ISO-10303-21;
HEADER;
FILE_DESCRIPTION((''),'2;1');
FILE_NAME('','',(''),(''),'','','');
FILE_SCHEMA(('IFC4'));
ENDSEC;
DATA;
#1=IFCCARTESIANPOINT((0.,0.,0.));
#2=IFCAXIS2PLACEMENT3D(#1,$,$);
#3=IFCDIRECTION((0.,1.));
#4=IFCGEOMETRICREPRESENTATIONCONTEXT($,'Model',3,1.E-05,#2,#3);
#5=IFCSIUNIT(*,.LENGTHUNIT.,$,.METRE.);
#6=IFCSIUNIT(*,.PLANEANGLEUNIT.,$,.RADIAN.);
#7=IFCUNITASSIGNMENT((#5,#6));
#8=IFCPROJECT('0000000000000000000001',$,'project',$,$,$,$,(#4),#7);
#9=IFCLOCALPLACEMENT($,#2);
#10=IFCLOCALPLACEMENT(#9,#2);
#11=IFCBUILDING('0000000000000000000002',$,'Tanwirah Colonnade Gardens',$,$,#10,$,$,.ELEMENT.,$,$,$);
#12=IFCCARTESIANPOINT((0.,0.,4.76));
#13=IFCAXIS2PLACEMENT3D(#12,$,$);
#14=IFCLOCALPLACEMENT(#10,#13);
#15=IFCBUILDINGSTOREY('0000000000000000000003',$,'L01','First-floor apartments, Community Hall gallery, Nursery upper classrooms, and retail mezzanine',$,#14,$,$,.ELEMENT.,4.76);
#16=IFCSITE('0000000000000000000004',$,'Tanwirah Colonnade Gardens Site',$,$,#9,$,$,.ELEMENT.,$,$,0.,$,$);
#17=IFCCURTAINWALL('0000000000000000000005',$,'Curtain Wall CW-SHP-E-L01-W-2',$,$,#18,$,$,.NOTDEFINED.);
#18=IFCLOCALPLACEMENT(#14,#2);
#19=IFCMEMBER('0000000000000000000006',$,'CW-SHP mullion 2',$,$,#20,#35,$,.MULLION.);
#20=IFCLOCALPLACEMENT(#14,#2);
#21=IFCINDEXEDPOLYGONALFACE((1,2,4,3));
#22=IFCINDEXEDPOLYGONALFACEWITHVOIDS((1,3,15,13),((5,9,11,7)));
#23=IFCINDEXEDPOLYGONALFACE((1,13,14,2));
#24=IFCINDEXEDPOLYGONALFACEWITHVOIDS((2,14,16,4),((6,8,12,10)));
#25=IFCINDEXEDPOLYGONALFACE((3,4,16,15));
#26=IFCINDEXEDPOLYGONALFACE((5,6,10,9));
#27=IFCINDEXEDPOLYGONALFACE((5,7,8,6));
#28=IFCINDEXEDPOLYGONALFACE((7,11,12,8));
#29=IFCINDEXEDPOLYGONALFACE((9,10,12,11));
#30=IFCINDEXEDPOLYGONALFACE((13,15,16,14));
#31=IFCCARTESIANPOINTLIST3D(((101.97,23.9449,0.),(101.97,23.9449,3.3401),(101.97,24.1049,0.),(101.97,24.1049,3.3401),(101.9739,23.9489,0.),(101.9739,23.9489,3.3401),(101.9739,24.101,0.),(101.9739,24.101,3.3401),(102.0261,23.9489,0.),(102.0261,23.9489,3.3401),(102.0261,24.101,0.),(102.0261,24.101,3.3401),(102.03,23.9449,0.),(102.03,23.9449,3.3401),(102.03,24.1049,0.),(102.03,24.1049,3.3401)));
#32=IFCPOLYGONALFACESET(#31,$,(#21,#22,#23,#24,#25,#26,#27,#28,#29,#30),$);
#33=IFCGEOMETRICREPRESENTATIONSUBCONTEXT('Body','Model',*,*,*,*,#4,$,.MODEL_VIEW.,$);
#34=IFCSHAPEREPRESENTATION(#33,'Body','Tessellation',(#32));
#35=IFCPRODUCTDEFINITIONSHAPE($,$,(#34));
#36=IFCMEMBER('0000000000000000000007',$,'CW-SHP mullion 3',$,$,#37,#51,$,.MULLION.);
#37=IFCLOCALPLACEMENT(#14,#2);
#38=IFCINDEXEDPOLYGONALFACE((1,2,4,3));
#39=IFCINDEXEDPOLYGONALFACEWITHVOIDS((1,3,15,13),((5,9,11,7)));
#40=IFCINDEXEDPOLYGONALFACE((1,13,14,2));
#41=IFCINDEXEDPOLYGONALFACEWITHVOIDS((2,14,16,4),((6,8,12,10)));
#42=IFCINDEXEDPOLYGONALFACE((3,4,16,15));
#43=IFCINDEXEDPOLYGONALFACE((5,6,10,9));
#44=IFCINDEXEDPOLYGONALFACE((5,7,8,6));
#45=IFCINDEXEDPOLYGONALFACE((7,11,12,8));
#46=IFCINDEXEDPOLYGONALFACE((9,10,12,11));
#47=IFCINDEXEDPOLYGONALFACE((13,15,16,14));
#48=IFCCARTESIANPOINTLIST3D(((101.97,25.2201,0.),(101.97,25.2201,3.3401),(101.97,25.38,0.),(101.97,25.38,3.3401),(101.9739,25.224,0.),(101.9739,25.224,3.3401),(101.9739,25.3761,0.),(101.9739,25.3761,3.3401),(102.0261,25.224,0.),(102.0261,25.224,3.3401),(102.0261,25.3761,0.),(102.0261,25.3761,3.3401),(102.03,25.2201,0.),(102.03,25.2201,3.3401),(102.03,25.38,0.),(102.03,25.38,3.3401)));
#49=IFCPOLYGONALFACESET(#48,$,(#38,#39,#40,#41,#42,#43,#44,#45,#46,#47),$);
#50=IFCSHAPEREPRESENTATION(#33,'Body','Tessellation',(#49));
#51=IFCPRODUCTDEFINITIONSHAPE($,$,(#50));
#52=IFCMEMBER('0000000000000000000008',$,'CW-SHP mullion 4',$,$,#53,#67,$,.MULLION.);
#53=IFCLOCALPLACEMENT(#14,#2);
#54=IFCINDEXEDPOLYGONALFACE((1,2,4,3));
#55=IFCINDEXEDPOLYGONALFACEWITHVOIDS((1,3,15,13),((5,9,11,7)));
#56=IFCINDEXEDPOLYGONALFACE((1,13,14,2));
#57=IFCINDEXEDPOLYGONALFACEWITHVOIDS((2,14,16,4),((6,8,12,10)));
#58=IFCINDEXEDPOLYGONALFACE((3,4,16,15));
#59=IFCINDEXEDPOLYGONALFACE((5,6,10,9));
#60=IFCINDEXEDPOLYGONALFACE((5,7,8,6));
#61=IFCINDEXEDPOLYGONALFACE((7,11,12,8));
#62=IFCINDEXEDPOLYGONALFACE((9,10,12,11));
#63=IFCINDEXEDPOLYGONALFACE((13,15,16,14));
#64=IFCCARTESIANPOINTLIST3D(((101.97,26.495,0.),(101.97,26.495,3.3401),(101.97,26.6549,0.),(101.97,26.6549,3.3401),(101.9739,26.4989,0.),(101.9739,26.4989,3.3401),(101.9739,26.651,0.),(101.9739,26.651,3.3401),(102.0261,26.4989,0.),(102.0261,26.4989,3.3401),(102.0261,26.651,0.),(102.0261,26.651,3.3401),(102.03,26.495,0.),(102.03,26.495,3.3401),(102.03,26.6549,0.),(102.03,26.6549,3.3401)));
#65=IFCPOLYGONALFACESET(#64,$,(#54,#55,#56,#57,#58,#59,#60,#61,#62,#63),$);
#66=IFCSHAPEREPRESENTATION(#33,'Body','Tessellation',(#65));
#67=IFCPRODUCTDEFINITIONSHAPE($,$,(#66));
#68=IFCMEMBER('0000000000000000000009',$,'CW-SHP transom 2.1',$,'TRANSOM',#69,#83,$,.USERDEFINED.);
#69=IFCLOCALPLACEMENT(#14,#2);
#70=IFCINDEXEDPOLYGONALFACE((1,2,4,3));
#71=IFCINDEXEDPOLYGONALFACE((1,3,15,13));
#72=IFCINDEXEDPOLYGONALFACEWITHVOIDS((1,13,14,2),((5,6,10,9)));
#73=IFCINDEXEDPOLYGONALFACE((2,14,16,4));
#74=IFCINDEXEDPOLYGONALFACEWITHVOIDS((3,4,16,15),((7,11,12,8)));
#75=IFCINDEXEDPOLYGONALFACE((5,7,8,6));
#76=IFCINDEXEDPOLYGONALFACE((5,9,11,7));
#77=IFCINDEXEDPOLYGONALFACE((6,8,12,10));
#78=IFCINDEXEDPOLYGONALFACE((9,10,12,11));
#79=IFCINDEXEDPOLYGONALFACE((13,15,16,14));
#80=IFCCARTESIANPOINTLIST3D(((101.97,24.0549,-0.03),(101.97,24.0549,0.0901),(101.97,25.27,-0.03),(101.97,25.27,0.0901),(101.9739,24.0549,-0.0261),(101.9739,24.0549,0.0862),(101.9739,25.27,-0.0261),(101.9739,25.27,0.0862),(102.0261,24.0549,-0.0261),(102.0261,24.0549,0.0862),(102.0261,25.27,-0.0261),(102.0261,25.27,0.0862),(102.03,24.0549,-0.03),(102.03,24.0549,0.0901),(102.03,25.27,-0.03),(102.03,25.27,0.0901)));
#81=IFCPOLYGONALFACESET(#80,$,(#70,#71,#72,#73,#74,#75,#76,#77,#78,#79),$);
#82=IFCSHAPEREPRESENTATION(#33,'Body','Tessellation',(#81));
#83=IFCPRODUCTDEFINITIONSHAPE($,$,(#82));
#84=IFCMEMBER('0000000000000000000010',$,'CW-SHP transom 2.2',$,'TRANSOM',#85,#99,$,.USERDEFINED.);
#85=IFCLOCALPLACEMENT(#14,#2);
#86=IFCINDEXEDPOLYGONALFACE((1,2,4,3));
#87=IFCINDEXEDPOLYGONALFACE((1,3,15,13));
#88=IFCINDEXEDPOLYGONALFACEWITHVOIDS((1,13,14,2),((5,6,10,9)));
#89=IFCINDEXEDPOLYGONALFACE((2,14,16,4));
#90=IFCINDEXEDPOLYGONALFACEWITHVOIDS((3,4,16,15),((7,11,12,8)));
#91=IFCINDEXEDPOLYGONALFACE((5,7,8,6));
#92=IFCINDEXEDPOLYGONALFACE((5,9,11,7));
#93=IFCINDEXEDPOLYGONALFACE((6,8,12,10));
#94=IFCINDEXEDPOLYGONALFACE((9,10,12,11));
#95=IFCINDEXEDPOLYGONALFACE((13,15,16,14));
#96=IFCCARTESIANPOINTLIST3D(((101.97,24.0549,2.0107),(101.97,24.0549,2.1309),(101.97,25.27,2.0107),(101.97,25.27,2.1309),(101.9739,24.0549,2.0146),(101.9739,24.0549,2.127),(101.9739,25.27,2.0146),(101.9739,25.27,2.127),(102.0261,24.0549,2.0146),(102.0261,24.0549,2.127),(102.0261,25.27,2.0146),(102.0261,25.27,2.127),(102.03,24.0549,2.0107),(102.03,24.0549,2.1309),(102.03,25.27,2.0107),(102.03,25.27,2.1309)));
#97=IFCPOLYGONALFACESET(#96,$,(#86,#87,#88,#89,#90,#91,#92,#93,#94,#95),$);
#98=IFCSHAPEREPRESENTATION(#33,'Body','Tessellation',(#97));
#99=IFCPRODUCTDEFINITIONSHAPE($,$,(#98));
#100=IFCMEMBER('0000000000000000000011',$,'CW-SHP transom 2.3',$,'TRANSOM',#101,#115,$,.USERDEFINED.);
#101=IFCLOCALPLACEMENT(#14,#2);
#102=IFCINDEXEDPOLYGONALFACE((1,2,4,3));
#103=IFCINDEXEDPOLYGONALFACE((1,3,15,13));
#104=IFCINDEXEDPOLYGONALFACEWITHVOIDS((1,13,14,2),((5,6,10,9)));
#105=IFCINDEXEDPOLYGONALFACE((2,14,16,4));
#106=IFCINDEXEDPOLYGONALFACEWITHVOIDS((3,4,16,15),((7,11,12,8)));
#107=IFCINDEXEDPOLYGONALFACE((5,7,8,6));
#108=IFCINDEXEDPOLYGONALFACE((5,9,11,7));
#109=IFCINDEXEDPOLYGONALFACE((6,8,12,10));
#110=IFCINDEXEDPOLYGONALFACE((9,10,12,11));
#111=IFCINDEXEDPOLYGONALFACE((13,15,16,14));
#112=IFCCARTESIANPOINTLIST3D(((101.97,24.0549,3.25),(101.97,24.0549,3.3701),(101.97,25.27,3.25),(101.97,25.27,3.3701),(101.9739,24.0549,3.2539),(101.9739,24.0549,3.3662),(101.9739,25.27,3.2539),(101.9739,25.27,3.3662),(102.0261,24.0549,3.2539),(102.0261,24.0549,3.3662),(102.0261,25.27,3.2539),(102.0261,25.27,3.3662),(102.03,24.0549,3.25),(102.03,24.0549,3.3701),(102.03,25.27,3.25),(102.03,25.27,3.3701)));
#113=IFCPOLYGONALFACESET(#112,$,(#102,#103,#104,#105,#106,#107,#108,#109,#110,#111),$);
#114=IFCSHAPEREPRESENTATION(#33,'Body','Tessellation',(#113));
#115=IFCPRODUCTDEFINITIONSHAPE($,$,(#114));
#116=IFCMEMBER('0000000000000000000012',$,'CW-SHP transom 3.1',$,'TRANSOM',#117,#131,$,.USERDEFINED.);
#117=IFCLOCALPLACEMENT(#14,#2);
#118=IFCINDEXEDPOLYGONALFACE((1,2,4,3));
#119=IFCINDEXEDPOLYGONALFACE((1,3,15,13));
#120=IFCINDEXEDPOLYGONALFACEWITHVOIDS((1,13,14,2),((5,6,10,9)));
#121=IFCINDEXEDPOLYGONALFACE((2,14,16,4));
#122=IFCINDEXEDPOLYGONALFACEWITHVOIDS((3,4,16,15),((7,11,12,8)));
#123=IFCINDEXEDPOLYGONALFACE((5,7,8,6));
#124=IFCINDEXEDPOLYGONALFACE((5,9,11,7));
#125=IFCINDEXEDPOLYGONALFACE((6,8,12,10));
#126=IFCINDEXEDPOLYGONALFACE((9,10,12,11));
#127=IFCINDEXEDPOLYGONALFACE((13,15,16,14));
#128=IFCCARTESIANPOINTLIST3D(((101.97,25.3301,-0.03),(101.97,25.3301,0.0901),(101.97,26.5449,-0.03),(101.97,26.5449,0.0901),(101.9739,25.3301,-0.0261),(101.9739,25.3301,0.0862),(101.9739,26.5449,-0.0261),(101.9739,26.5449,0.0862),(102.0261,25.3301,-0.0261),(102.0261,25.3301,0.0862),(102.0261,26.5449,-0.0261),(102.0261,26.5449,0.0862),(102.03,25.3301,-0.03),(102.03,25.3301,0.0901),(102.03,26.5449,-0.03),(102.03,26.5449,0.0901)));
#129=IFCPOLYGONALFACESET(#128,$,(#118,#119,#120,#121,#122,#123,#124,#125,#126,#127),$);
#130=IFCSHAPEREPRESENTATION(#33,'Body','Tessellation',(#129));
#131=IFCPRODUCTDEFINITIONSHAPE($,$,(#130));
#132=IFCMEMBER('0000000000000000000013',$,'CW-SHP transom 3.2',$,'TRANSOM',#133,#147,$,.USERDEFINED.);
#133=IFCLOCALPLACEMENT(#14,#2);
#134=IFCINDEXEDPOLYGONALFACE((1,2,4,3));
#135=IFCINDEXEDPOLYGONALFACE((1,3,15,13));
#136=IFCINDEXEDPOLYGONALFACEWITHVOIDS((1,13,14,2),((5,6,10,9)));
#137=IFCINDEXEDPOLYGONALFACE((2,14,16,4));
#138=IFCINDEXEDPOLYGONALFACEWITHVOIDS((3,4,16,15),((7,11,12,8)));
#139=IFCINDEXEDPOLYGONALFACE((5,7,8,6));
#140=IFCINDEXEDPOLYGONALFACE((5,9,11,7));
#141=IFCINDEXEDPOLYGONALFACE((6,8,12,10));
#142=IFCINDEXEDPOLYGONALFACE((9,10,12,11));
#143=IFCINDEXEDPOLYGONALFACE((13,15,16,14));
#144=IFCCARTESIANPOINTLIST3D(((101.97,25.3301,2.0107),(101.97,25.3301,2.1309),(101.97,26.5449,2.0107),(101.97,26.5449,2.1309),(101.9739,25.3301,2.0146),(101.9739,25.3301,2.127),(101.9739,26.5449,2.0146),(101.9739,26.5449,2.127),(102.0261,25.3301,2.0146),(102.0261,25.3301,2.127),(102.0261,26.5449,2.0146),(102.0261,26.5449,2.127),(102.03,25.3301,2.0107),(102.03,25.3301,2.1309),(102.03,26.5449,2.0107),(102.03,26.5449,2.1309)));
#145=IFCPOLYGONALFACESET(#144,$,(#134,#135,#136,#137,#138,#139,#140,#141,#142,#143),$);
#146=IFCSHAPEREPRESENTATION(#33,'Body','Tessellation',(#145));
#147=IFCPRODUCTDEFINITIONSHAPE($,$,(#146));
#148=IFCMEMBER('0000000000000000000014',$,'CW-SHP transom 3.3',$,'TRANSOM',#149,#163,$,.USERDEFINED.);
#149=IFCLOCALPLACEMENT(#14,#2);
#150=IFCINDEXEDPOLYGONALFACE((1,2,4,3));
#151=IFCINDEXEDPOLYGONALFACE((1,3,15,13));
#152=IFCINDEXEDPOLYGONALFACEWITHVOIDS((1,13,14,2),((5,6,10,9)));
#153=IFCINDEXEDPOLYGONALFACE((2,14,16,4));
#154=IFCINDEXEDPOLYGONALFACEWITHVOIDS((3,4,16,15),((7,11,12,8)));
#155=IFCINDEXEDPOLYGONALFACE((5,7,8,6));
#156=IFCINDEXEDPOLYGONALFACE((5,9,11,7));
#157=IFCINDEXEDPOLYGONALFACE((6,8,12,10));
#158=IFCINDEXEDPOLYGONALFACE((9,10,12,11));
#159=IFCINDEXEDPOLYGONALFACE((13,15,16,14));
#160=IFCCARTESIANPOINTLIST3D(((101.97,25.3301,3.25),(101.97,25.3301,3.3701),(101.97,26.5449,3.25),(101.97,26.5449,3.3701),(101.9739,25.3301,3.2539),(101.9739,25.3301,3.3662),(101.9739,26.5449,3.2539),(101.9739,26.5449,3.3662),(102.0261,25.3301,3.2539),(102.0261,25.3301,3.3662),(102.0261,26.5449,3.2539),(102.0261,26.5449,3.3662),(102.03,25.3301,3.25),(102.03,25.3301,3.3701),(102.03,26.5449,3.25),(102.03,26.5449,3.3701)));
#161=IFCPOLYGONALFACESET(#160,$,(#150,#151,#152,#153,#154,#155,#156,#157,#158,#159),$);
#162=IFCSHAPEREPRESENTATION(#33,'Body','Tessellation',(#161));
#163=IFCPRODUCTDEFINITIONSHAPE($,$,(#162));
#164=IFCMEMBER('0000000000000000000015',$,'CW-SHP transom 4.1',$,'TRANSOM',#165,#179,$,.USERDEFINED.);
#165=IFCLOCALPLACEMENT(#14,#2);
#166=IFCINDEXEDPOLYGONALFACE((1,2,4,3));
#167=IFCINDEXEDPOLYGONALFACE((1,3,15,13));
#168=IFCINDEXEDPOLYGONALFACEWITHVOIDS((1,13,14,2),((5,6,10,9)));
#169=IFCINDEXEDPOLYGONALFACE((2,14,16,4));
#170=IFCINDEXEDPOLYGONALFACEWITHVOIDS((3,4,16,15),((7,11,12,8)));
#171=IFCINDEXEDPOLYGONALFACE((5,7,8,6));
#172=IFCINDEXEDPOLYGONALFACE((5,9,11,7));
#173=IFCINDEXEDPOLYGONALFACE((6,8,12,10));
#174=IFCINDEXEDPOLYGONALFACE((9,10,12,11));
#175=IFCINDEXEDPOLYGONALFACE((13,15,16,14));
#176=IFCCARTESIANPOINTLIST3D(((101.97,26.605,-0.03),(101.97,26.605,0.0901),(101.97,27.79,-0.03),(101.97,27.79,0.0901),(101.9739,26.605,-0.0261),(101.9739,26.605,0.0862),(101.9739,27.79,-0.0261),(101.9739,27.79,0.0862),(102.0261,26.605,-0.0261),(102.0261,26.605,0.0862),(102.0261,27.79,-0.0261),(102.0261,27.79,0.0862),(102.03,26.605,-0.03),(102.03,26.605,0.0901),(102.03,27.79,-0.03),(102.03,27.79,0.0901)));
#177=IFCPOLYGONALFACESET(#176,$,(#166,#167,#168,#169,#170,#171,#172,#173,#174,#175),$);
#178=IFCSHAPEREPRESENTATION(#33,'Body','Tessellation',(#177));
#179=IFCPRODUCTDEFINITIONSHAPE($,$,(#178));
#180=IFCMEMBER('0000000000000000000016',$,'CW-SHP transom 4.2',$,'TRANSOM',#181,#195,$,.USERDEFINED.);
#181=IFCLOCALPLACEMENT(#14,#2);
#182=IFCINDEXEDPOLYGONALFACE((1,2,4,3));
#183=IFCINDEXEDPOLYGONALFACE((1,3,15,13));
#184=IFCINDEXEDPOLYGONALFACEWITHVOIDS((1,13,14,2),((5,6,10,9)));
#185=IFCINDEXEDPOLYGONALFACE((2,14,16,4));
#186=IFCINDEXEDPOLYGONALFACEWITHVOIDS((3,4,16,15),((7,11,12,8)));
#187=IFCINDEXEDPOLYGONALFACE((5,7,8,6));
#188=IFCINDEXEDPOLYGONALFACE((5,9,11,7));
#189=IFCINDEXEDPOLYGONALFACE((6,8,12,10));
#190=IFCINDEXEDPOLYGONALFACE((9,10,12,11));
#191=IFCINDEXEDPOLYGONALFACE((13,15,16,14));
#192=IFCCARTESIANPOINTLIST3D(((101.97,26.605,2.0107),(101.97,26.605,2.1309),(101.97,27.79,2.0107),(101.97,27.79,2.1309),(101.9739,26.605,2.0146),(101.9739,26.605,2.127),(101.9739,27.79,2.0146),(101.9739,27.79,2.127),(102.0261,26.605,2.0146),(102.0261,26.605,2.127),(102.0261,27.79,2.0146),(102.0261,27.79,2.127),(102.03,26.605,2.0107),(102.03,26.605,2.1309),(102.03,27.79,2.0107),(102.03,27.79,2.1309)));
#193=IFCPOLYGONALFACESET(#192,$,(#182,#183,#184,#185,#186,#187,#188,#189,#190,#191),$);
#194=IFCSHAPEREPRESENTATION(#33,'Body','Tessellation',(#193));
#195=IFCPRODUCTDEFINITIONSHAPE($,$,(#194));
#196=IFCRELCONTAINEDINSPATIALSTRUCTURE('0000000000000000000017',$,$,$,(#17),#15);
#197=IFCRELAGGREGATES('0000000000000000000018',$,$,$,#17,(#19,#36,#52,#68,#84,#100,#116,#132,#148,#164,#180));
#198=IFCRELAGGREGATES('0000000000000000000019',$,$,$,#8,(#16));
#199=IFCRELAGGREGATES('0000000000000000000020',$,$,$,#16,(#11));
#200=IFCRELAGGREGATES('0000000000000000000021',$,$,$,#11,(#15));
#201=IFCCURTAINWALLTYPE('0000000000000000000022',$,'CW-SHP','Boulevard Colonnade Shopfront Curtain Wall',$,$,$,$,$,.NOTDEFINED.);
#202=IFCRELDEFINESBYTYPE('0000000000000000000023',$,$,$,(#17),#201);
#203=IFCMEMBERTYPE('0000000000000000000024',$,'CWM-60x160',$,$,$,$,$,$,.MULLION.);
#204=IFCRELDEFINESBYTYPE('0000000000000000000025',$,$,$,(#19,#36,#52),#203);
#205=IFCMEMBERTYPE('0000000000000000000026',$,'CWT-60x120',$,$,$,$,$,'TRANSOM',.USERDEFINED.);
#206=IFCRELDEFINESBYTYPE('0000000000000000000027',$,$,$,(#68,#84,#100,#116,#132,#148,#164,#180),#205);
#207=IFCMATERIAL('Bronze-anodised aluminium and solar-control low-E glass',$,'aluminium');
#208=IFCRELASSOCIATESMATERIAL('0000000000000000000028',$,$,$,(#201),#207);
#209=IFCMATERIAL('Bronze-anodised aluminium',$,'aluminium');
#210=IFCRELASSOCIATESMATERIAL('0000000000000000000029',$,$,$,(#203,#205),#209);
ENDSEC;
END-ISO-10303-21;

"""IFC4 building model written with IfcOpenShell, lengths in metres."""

from ifc_helpers import new_model, si_unit, direction, frame, origin, origin_2d, place, context, subcontext, project, spatial, hollow_rectangle, extrude, material, material_profile, profile_set, type_object, element, aggregate, save


model = new_model("IFC4")

# Units and contexts
model_context = context("Model", 3, precision=1e-05, world=origin(), true_north=direction((0.0, 1.0)))
body_context = subcontext(model_context, "Body", "Model", "MODEL_VIEW")
ifc_project = project(units=[si_unit("LENGTHUNIT", "METRE"), si_unit("PLANEANGLEUNIT", "RADIAN")], contexts=[model_context])

# Site, building, storey
site_placement = place(None, origin())
site = spatial("IfcSite", under=ifc_project, at=site_placement, Name="Tanwirah Colonnade Gardens Site", CompositionType="ELEMENT", RefElevation=0.0)
building_placement = place(site_placement, origin())
building = spatial("IfcBuilding", under=site, at=building_placement, Name="Tanwirah Colonnade Gardens", CompositionType="ELEMENT")
storey_placement = place(building_placement, frame((0.0, 0.0, 4.76)))
storey = spatial("IfcBuildingStorey", under=building, at=storey_placement, Name="L01", Description="First-floor apartments, Community Hall gallery, Nursery upper classrooms, and retail mezzanine", CompositionType="ELEMENT", Elevation=4.76)

# Curtain wall, members
ifc_material_1 = material(Name="Bronze-anodised aluminium and solar-control low-E glass", Category="aluminium")
curtain_wall_type = type_object("IfcCurtainWallType", Name="CW-SHP", Description="Boulevard Colonnade Shopfront Curtain Wall", PredefinedType="NOTDEFINED", material=ifc_material_1)
curtain_wall_placement = place(storey_placement, origin())
curtain_wall = element("IfcCurtainWall", 1, at=curtain_wall_placement, inside=storey, type_object=curtain_wall_type, Name="Curtain Wall CW-SHP-E-L01-W-2", PredefinedType="NOTDEFINED")
ifc_material_2 = material(Name="Bronze-anodised aluminium", Category="aluminium")
ifc_material_profile_1 = material_profile(ifc_material_2, hollow_rectangle(XDim=0.0601, YDim=0.1599, WallThickness=0.0039, at=origin_2d()), Name="CW-MUL 60x160x4")
ifc_profile_set_1 = profile_set([ifc_material_profile_1], Name="Bronze-anodised aluminium")
member_type_1 = type_object("IfcMemberType", Name="CWM-60x160", PredefinedType="MULLION", material=ifc_profile_set_1)
member_1_placement = place(storey_placement, frame((102.0, 24.0249, 0.0), z_axis=(0.0, 0.0, 1.0), x_axis=(-1.0, 0.0, 0.0)))
member_1 = element("IfcMember", 2, at=member_1_placement, type_object=member_type_1, Name="CW-SHP mullion 2", PredefinedType="MULLION", context=body_context, shape_type="SweptSolid", body=[
    extrude(hollow_rectangle(XDim=0.0601, YDim=0.1599, WallThickness=0.0039, at=origin_2d()), origin(), (0.0, 0.0, 1.0), 3.3401),
])
member_2_placement = place(storey_placement, frame((102.0, 25.3, 0.0), z_axis=(0.0, 0.0, 1.0), x_axis=(-1.0, 0.0, 0.0)))
member_2 = element("IfcMember", 3, at=member_2_placement, type_object=member_type_1, Name="CW-SHP mullion 3", PredefinedType="MULLION", context=body_context, shape_type="SweptSolid", body=[
    extrude(hollow_rectangle(XDim=0.0601, YDim=0.1599, WallThickness=0.0039, at=origin_2d()), origin(), (0.0, 0.0, 1.0), 3.3401),
])
member_3_placement = place(storey_placement, frame((102.0, 26.575, 0.0), z_axis=(0.0, 0.0, 1.0), x_axis=(-1.0, 0.0, 0.0)))
member_3 = element("IfcMember", 4, at=member_3_placement, type_object=member_type_1, Name="CW-SHP mullion 4", PredefinedType="MULLION", context=body_context, shape_type="SweptSolid", body=[
    extrude(hollow_rectangle(XDim=0.0601, YDim=0.1599, WallThickness=0.0039, at=origin_2d()), origin(), (0.0, 0.0, 1.0), 3.3401),
])
ifc_material_profile_2 = material_profile(ifc_material_2, hollow_rectangle(XDim=0.0601, YDim=0.1201, WallThickness=0.0039, at=origin_2d()), Name="CW-TRN 60x120x4")
ifc_profile_set_2 = profile_set([ifc_material_profile_2], Name="Bronze-anodised aluminium")
member_type_2 = type_object("IfcMemberType", Name="CWT-60x120", ElementType="TRANSOM", PredefinedType="USERDEFINED", material=ifc_profile_set_2)
member_4_placement = place(storey_placement, frame((102.0, 24.0549, 0.03), z_axis=(0.0, 1.0, 0.0), x_axis=(-1.0, 0.0, 0.0)))
member_4 = element("IfcMember", 5, at=member_4_placement, type_object=member_type_2, Name="CW-SHP transom 2.1", ObjectType="TRANSOM", PredefinedType="USERDEFINED", context=body_context, shape_type="SweptSolid", body=[
    extrude(hollow_rectangle(XDim=0.0601, YDim=0.1201, WallThickness=0.0039, at=origin_2d()), origin(), (0.0, 0.0, 1.0), 1.2151),
])
member_5_placement = place(storey_placement, frame((102.0, 24.0549, 2.0708), z_axis=(0.0, 1.0, 0.0), x_axis=(-1.0, 0.0, 0.0)))
member_5 = element("IfcMember", 6, at=member_5_placement, type_object=member_type_2, Name="CW-SHP transom 2.2", ObjectType="TRANSOM", PredefinedType="USERDEFINED", context=body_context, shape_type="SweptSolid", body=[
    extrude(hollow_rectangle(XDim=0.0601, YDim=0.1201, WallThickness=0.0039, at=origin_2d()), origin(), (0.0, 0.0, 1.0), 1.2151),
])
member_6_placement = place(storey_placement, frame((102.0, 24.0549, 3.3101), z_axis=(0.0, 1.0, 0.0), x_axis=(-1.0, 0.0, 0.0)))
member_6 = element("IfcMember", 7, at=member_6_placement, type_object=member_type_2, Name="CW-SHP transom 2.3", ObjectType="TRANSOM", PredefinedType="USERDEFINED", context=body_context, shape_type="SweptSolid", body=[
    extrude(hollow_rectangle(XDim=0.0601, YDim=0.1201, WallThickness=0.0039, at=origin_2d()), origin(), (0.0, 0.0, 1.0), 1.2151),
])
member_7_placement = place(storey_placement, frame((102.0, 25.3301, 0.03), z_axis=(0.0, 1.0, 0.0), x_axis=(-1.0, 0.0, 0.0)))
member_7 = element("IfcMember", 8, at=member_7_placement, type_object=member_type_2, Name="CW-SHP transom 3.1", ObjectType="TRANSOM", PredefinedType="USERDEFINED", context=body_context, shape_type="SweptSolid", body=[
    extrude(hollow_rectangle(XDim=0.0601, YDim=0.1201, WallThickness=0.0039, at=origin_2d()), origin(), (0.0, 0.0, 1.0), 1.2148),
])
member_8_placement = place(storey_placement, frame((102.0, 25.3301, 2.0708), z_axis=(0.0, 1.0, 0.0), x_axis=(-1.0, 0.0, 0.0)))
member_8 = element("IfcMember", 9, at=member_8_placement, type_object=member_type_2, Name="CW-SHP transom 3.2", ObjectType="TRANSOM", PredefinedType="USERDEFINED", context=body_context, shape_type="SweptSolid", body=[
    extrude(hollow_rectangle(XDim=0.0601, YDim=0.1201, WallThickness=0.0039, at=origin_2d()), origin(), (0.0, 0.0, 1.0), 1.2148),
])
member_9_placement = place(storey_placement, frame((102.0, 25.3301, 3.3101), z_axis=(0.0, 1.0, 0.0), x_axis=(-1.0, 0.0, 0.0)))
member_9 = element("IfcMember", 10, at=member_9_placement, type_object=member_type_2, Name="CW-SHP transom 3.3", ObjectType="TRANSOM", PredefinedType="USERDEFINED", context=body_context, shape_type="SweptSolid", body=[
    extrude(hollow_rectangle(XDim=0.0601, YDim=0.1201, WallThickness=0.0039, at=origin_2d()), origin(), (0.0, 0.0, 1.0), 1.2148),
])
member_10_placement = place(storey_placement, frame((102.0, 26.605, 0.03), z_axis=(0.0, 1.0, 0.0), x_axis=(-1.0, 0.0, 0.0)))
member_10 = element("IfcMember", 11, at=member_10_placement, type_object=member_type_2, Name="CW-SHP transom 4.1", ObjectType="TRANSOM", PredefinedType="USERDEFINED", context=body_context, shape_type="SweptSolid", body=[
    extrude(hollow_rectangle(XDim=0.0601, YDim=0.1201, WallThickness=0.0039, at=origin_2d()), origin(), (0.0, 0.0, 1.0), 1.1851),
])
member_11_placement = place(storey_placement, frame((102.0, 26.605, 2.0708), z_axis=(0.0, 1.0, 0.0), x_axis=(-1.0, 0.0, 0.0)))
member_11 = element("IfcMember", 12, at=member_11_placement, type_object=member_type_2, Name="CW-SHP transom 4.2", ObjectType="TRANSOM", PredefinedType="USERDEFINED", context=body_context, shape_type="SweptSolid", body=[
    extrude(hollow_rectangle(XDim=0.0601, YDim=0.1201, WallThickness=0.0039, at=origin_2d()), origin(), (0.0, 0.0, 1.0), 1.1851),
])
aggregate(curtain_wall, [member_1, member_2, member_3, member_4, member_5, member_6, member_7, member_8, member_9, member_10, member_11])

save(model, "model.ifc")
